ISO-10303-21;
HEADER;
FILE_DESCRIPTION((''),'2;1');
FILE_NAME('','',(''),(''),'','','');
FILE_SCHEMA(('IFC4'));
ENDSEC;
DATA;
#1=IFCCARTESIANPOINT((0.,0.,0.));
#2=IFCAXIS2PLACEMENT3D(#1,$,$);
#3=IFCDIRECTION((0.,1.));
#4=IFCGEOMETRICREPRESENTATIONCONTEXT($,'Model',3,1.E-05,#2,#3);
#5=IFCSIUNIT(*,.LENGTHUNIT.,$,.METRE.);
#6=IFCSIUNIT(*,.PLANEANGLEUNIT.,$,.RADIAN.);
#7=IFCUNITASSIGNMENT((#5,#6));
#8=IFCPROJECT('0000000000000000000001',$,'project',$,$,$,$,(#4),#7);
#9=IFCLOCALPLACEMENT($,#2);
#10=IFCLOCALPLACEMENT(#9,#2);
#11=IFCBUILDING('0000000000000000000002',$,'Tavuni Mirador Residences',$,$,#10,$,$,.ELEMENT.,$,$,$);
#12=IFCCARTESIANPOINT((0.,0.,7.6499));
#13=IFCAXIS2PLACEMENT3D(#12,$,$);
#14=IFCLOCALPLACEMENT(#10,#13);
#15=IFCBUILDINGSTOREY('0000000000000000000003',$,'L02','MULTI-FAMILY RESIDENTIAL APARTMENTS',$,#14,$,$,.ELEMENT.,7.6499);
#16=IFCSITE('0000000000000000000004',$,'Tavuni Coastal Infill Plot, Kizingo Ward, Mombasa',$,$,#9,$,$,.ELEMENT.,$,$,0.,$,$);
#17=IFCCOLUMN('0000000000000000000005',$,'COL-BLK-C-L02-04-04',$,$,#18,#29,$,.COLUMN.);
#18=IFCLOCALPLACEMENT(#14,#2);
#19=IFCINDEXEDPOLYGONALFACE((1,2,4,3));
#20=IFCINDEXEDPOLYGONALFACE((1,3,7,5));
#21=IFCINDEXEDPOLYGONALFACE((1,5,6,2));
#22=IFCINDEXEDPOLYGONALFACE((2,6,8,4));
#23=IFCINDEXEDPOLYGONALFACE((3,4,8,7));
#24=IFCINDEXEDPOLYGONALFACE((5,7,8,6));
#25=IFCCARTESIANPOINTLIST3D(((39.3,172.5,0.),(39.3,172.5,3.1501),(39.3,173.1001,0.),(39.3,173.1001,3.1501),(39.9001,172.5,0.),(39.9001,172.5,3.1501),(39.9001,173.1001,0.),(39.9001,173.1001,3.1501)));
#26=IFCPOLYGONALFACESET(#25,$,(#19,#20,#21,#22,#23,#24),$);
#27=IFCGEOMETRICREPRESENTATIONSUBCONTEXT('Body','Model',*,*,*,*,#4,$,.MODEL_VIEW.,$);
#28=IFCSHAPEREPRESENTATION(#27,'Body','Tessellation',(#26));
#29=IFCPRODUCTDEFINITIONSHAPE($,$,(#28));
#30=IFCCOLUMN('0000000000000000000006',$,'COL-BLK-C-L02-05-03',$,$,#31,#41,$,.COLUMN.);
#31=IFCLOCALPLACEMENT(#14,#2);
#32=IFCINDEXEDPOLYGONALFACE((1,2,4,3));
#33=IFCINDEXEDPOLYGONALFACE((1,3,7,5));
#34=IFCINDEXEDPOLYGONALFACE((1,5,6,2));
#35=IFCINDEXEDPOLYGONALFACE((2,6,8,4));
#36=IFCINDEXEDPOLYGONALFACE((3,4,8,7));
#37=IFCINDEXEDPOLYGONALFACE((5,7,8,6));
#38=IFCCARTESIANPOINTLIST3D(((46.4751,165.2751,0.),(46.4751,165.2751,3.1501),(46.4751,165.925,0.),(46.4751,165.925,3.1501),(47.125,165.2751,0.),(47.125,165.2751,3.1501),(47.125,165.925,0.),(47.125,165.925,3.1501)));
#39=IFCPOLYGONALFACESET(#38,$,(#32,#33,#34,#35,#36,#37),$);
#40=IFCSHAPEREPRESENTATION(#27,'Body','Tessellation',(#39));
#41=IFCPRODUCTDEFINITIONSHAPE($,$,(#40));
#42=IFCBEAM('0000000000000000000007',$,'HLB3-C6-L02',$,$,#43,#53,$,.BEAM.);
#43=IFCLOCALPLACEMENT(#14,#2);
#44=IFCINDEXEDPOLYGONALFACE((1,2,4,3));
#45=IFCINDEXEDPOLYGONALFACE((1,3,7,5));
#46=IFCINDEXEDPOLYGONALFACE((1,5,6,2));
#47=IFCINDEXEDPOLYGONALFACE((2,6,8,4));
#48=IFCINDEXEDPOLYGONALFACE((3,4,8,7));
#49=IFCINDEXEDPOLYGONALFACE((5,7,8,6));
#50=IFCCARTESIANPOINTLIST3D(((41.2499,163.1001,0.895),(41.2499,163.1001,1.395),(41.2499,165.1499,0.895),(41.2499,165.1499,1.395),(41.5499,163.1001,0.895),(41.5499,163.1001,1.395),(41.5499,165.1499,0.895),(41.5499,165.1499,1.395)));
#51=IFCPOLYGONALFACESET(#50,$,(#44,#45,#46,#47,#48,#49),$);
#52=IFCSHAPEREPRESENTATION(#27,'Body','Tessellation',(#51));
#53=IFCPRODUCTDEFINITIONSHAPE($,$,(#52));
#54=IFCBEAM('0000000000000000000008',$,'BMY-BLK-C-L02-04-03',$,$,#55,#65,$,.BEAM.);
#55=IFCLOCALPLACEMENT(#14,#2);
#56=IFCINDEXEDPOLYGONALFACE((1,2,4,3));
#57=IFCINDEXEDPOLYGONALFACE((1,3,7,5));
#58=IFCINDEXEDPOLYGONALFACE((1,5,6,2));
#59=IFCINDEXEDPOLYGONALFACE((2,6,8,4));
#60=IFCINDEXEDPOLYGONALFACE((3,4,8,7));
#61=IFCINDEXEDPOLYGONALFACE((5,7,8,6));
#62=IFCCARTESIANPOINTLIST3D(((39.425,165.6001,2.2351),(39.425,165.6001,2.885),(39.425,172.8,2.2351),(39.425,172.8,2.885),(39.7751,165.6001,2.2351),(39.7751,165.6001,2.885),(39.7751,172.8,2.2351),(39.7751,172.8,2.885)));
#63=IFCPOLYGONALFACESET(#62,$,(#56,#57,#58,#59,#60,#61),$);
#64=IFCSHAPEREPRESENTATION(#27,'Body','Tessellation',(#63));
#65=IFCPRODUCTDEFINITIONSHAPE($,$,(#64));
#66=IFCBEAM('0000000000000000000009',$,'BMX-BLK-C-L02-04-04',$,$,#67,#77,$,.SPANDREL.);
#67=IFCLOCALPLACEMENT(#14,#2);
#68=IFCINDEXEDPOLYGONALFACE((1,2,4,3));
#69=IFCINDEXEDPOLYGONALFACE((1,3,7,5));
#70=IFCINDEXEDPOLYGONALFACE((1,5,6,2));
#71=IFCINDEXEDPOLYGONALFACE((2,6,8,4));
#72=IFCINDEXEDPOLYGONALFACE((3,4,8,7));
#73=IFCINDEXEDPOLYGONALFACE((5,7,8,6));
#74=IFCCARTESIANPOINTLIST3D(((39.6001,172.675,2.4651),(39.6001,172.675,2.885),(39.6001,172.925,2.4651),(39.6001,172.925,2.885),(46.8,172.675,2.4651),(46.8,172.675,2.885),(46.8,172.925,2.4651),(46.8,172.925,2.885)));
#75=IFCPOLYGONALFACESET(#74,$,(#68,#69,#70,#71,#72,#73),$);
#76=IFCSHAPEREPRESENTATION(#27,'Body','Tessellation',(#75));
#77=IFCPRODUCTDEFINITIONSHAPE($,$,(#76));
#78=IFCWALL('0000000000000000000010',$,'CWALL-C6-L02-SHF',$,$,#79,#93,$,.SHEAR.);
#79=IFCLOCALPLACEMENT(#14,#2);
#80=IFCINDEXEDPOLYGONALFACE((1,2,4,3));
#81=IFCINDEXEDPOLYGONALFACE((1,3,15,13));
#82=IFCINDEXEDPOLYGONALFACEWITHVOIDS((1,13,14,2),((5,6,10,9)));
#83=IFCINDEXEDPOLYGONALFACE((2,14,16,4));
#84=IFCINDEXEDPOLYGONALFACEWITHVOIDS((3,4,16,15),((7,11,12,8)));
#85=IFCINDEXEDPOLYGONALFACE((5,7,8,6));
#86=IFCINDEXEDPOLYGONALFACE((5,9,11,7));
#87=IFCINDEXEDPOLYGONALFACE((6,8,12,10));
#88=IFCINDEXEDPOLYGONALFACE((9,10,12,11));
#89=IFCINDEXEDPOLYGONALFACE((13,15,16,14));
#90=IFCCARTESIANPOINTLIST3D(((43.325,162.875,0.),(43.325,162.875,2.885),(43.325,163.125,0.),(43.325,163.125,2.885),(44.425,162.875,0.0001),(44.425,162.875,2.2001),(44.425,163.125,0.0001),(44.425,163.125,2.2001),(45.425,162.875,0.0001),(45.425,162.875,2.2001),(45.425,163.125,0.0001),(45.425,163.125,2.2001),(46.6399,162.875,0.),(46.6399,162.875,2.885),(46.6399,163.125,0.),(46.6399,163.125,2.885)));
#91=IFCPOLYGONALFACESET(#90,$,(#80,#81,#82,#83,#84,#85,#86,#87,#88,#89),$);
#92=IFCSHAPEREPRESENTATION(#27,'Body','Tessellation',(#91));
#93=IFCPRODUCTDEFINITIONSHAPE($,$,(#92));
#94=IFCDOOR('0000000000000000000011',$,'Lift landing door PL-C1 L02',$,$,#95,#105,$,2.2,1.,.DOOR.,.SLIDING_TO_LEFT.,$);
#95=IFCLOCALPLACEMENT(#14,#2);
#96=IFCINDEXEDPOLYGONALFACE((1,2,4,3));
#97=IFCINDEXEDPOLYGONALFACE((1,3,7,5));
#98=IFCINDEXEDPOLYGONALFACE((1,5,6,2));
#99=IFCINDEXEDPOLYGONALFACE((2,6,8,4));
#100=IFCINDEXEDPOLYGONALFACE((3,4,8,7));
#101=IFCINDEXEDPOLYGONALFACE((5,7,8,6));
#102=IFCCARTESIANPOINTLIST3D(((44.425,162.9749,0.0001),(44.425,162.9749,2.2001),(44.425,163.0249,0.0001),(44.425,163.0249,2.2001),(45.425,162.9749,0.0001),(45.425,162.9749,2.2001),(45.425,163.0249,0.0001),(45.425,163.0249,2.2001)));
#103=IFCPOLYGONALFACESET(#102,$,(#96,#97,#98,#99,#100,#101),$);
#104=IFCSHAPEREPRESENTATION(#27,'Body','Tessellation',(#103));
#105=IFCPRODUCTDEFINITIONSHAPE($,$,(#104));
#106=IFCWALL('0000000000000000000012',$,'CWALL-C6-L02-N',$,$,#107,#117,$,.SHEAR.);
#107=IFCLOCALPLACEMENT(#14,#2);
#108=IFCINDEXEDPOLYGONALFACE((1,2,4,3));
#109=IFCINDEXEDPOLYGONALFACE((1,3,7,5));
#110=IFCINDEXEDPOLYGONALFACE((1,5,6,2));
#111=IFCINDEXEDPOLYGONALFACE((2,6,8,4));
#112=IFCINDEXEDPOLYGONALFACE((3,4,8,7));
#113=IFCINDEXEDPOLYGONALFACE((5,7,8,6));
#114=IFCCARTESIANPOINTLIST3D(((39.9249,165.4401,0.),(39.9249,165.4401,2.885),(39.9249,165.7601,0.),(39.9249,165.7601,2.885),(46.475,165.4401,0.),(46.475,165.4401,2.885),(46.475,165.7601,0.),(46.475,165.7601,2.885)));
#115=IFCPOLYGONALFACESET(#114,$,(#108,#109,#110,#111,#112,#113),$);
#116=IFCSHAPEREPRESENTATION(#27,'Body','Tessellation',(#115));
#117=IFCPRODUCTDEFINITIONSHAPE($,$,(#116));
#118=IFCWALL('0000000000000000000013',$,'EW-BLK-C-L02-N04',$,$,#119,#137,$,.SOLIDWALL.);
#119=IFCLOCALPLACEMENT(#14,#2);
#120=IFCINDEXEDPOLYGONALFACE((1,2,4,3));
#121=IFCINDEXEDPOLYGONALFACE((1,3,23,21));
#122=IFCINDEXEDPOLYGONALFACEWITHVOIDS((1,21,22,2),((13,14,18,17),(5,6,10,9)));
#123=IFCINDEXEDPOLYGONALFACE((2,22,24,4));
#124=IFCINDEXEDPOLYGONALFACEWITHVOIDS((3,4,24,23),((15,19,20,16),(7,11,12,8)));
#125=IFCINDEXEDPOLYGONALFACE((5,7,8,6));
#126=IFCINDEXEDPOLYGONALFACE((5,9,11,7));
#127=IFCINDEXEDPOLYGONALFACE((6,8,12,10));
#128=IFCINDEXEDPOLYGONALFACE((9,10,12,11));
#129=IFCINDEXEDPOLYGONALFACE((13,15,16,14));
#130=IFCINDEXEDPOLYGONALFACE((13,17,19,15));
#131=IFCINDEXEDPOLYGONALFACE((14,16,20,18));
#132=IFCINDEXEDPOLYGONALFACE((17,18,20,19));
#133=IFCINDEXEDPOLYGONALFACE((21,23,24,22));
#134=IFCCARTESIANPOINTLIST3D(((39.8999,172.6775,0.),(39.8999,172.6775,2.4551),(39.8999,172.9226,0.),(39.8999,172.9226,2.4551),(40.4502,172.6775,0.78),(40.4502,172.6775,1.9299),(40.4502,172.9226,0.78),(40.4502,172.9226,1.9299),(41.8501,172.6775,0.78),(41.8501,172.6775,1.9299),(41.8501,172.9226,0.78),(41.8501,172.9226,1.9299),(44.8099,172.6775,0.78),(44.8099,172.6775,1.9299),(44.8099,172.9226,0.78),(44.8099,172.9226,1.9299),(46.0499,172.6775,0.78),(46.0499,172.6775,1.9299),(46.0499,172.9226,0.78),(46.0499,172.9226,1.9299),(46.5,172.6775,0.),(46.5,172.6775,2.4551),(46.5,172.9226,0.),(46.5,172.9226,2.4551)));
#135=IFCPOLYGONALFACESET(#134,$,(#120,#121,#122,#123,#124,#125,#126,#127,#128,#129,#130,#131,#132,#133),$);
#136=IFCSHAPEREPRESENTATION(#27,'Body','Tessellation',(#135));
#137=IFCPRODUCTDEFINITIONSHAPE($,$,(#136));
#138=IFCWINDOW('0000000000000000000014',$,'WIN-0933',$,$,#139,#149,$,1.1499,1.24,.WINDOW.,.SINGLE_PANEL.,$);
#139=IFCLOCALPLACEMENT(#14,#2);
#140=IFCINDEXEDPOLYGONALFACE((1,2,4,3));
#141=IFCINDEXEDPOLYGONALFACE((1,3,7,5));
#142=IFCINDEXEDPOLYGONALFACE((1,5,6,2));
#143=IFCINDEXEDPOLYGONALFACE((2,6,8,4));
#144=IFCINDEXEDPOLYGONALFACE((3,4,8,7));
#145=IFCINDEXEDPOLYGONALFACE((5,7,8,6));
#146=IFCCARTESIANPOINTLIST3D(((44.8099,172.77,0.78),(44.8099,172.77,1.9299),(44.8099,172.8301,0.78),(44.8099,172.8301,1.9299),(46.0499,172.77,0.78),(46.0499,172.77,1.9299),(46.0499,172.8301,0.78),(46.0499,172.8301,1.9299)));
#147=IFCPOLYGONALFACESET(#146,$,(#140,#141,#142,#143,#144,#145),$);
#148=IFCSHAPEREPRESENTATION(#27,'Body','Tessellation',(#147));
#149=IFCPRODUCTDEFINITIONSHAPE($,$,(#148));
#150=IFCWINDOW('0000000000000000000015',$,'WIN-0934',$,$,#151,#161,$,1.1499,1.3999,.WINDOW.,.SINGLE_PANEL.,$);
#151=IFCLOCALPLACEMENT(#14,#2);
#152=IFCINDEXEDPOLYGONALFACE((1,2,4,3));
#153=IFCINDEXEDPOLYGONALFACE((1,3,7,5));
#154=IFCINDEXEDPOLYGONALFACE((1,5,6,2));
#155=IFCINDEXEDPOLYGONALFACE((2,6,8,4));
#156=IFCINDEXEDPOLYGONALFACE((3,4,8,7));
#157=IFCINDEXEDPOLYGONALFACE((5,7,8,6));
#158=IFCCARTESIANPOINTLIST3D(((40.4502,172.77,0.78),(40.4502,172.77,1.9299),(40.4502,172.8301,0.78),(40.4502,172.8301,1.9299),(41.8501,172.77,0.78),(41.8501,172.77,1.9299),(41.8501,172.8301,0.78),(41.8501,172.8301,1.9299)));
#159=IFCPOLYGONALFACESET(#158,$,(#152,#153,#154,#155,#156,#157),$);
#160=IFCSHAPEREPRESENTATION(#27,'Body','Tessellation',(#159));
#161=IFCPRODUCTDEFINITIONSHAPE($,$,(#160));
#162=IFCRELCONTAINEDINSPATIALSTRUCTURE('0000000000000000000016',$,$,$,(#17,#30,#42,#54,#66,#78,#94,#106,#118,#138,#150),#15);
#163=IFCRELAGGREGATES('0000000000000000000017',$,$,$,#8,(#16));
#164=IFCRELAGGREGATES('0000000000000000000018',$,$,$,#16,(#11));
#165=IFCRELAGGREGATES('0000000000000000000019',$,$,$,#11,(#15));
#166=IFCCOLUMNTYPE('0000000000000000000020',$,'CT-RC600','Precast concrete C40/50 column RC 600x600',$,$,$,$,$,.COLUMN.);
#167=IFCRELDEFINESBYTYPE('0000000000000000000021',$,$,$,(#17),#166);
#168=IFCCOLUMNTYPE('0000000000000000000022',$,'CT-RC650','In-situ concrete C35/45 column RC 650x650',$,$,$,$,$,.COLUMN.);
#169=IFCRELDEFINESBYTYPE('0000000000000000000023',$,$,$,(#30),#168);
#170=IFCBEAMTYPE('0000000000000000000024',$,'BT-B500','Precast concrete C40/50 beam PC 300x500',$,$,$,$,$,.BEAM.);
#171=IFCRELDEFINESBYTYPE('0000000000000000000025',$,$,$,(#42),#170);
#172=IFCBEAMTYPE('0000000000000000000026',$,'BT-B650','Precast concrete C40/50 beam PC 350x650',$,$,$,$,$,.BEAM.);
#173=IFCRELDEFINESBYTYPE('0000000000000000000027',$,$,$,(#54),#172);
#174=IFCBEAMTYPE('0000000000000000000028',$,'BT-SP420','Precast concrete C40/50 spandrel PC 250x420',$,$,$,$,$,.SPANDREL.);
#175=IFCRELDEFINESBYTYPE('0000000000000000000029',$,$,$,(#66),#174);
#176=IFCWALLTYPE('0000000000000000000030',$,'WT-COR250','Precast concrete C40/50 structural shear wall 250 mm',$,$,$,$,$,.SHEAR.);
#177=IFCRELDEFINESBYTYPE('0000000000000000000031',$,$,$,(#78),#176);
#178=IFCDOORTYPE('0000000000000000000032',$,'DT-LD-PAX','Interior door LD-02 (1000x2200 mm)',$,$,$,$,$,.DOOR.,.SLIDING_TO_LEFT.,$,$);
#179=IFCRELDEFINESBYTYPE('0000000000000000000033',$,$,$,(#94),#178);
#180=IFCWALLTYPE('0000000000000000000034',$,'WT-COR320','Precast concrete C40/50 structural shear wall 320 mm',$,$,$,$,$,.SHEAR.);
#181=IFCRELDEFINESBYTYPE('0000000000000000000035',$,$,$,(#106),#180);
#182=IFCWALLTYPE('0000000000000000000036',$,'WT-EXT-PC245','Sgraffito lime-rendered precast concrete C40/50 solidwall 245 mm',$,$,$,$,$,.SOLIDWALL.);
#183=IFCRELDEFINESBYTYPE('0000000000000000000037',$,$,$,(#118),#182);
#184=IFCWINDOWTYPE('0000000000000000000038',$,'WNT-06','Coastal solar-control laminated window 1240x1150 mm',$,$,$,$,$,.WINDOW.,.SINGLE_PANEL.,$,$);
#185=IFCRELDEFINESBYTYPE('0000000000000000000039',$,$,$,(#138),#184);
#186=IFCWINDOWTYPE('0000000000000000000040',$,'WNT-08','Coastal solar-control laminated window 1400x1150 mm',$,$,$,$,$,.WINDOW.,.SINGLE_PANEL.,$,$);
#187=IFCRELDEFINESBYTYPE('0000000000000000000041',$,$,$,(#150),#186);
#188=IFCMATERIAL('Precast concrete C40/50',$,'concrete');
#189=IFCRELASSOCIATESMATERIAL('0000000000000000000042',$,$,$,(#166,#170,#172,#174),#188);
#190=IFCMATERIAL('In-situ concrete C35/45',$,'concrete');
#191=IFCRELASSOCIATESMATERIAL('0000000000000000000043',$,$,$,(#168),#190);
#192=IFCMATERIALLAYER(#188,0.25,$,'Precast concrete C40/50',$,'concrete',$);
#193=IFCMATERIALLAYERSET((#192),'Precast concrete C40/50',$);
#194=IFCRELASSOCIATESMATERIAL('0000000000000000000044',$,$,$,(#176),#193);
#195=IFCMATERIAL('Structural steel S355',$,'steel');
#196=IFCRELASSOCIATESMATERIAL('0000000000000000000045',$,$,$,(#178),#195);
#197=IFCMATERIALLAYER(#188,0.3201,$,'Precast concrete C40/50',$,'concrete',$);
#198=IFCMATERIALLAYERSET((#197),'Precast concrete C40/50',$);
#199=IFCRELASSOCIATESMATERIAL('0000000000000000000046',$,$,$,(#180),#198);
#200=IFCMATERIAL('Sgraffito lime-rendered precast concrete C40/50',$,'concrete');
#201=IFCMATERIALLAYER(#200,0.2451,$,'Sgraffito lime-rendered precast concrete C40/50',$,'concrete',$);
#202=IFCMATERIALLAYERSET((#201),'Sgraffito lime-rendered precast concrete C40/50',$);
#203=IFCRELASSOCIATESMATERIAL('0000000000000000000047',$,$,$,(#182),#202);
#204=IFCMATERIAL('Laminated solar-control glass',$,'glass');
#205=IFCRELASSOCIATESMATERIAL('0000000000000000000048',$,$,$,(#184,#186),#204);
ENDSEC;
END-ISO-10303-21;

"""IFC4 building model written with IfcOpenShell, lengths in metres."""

from ifc_helpers import new_model, si_unit, direction, frame, frame_2d, origin, origin_2d, place, context, subcontext, project, spatial, rectangle, extrude, material, layer, layer_set, material_profile, profile_set, type_object, element, fill, save


model = new_model("IFC4")

# Units and contexts
model_context = context("Model", 3, precision=1e-05, world=origin(), true_north=direction((0.0, 1.0)))
body_context = subcontext(model_context, "Body", "Model", "MODEL_VIEW")
ifc_project = project(units=[si_unit("LENGTHUNIT", "METRE"), si_unit("PLANEANGLEUNIT", "RADIAN")], contexts=[model_context])

# Site, building, storey
site_placement = place(None, origin())
site = spatial("IfcSite", under=ifc_project, at=site_placement, Name="Tavuni Coastal Infill Plot, Kizingo Ward, Mombasa", CompositionType="ELEMENT", RefElevation=0.0)
building_placement = place(site_placement, origin())
building = spatial("IfcBuilding", under=site, at=building_placement, Name="Tavuni Mirador Residences", CompositionType="ELEMENT")
storey_placement = place(building_placement, frame((0.0, 0.0, 7.6499)))
storey = spatial("IfcBuildingStorey", under=building, at=storey_placement, Name="L02", Description="MULTI-FAMILY RESIDENTIAL APARTMENTS", CompositionType="ELEMENT", Elevation=7.6499)

# Columns
ifc_material_1 = material(Name="Precast concrete C40/50", Category="concrete")
ifc_material_profile_1 = material_profile(ifc_material_1, rectangle(XDim=0.6001, YDim=0.6001, at=origin_2d()), Name="RC 600x600", Category="concrete")
ifc_profile_set_1 = profile_set([ifc_material_profile_1], Name="Precast concrete C40/50")
column_type_1 = type_object("IfcColumnType", Name="CT-RC600", Description="Precast concrete C40/50 column RC 600x600", PredefinedType="COLUMN", material=ifc_profile_set_1)
column_1_placement = place(storey_placement, frame((39.6001, 172.8, 0.0), z_axis=(0.0, 0.0, 1.0), x_axis=(1.0, 0.0, 0.0)))
element("IfcColumn", 1, at=column_1_placement, inside=storey, type_object=column_type_1, Name="COL-BLK-C-L02-04-04", PredefinedType="COLUMN", context=body_context, shape_type="SweptSolid", body=[
    extrude(rectangle(XDim=0.6001, YDim=0.6001, at=origin_2d()), origin(), (0.0, 0.0, 1.0), 3.1501),
])
ifc_material_2 = material(Name="In-situ concrete C35/45", Category="concrete")
ifc_material_profile_2 = material_profile(ifc_material_2, rectangle(XDim=0.6499, YDim=0.6499, at=origin_2d()), Name="RC 650x650", Category="concrete")
ifc_profile_set_2 = profile_set([ifc_material_profile_2], Name="In-situ concrete C35/45")
column_type_2 = type_object("IfcColumnType", Name="CT-RC650", Description="In-situ concrete C35/45 column RC 650x650", PredefinedType="COLUMN", material=ifc_profile_set_2)
column_2_placement = place(storey_placement, frame((46.8, 165.6001, 0.0), z_axis=(0.0, 0.0, 1.0), x_axis=(1.0, 0.0, 0.0)))
element("IfcColumn", 2, at=column_2_placement, inside=storey, type_object=column_type_2, Name="COL-BLK-C-L02-05-03", PredefinedType="COLUMN", context=body_context, shape_type="SweptSolid", body=[
    extrude(rectangle(XDim=0.6499, YDim=0.6499, at=origin_2d()), origin(), (0.0, 0.0, 1.0), 3.1501),
])

# Beams
ifc_material_profile_3 = material_profile(ifc_material_1, rectangle(XDim=0.3, YDim=0.5, at=origin_2d()), Name="PC 300x500", Category="concrete")
ifc_profile_set_3 = profile_set([ifc_material_profile_3], Name="Precast concrete C40/50")
beam_type_1 = type_object("IfcBeamType", Name="BT-B500", Description="Precast concrete C40/50 beam PC 300x500", PredefinedType="BEAM", material=ifc_profile_set_3)
beam_1_placement = place(storey_placement, frame((41.3999, 163.1001, 1.145), z_axis=(0.0, 1.0, 0.0), x_axis=(-1.0, 0.0, 0.0)))
element("IfcBeam", 3, at=beam_1_placement, inside=storey, type_object=beam_type_1, Name="HLB3-C6-L02", PredefinedType="BEAM", context=body_context, shape_type="SweptSolid", body=[
    extrude(rectangle(XDim=0.3, YDim=0.5, at=origin_2d()), origin(), (0.0, 0.0, 1.0), 2.0498),
])
ifc_material_profile_4 = material_profile(ifc_material_1, rectangle(XDim=0.3501, YDim=0.6499, at=origin_2d()), Name="PC 350x650", Category="concrete")
ifc_profile_set_4 = profile_set([ifc_material_profile_4], Name="Precast concrete C40/50")
beam_type_2 = type_object("IfcBeamType", Name="BT-B650", Description="Precast concrete C40/50 beam PC 350x650", PredefinedType="BEAM", material=ifc_profile_set_4)
beam_2_placement = place(storey_placement, frame((39.6001, 165.6001, 2.5601), z_axis=(0.0, 1.0, 0.0), x_axis=(-1.0, 0.0, 0.0)))
element("IfcBeam", 4, at=beam_2_placement, inside=storey, type_object=beam_type_2, Name="BMY-BLK-C-L02-04-03", PredefinedType="BEAM", context=body_context, shape_type="SweptSolid", body=[
    extrude(rectangle(XDim=0.3501, YDim=0.6499, at=origin_2d()), origin(), (0.0, 0.0, 1.0), 7.2),
])
ifc_material_profile_5 = material_profile(ifc_material_1, rectangle(XDim=0.25, YDim=0.4199, at=origin_2d()), Name="PC 250x420", Category="concrete")
ifc_profile_set_5 = profile_set([ifc_material_profile_5], Name="Precast concrete C40/50")
beam_type_3 = type_object("IfcBeamType", Name="BT-SP420", Description="Precast concrete C40/50 spandrel PC 250x420", PredefinedType="SPANDREL", material=ifc_profile_set_5)
beam_3_placement = place(storey_placement, frame((39.6001, 172.8, 2.675), z_axis=(1.0, 0.0, 0.0), x_axis=(0.0, 1.0, 0.0)))
element("IfcBeam", 5, at=beam_3_placement, inside=storey, type_object=beam_type_3, Name="BMX-BLK-C-L02-04-04", PredefinedType="SPANDREL", context=body_context, shape_type="SweptSolid", body=[
    extrude(rectangle(XDim=0.25, YDim=0.4199, at=origin_2d()), origin(), (0.0, 0.0, 1.0), 7.2),
])

# Wall, opening, door
ifc_layer_1 = layer(ifc_material_1, 0.25, Name="Precast concrete C40/50", Category="concrete")
ifc_layer_set_1 = layer_set([ifc_layer_1], Name="Precast concrete C40/50")
wall_type_1 = type_object("IfcWallType", Name="WT-COR250", Description="Precast concrete C40/50 structural shear wall 250 mm", PredefinedType="SHEAR", material=ifc_layer_set_1)
wall_1_placement = place(storey_placement, frame((43.325, 163.0, 0.0), z_axis=(0.0, 0.0, 1.0), x_axis=(1.0, 0.0, 0.0)))
wall_1 = element("IfcWall", 6, at=wall_1_placement, inside=storey, type_object=wall_type_1, Name="CWALL-C6-L02-SHF", PredefinedType="SHEAR", context=body_context, shape_type="SweptSolid", body=[
    extrude(rectangle(XDim=3.3149, YDim=0.25, at=frame_2d((1.6575, 0.0))), origin(), (0.0, 0.0, 1.0), 2.885),
])
opening_1_placement = place(wall_1_placement, frame((1.1001, 0.0, 0.0)))
opening_1 = element("IfcOpeningElement", 7, at=opening_1_placement, cuts=wall_1, PredefinedType="OPENING", context=body_context, shape_type="SweptSolid", body=[
    extrude(rectangle(XDim=1.0, YDim=2.2, at=frame_2d((0.5, 1.1001))), frame((0.0, 0.135, 0.0), z_axis=(0.0, -1.0, 0.0), x_axis=(1.0, 0.0, 0.0)), (0.0, 0.0, 1.0), 0.27),
])
ifc_material_3 = material(Name="Structural steel S355", Category="steel")
door_type_1 = type_object("IfcDoorType", Name="DT-LD-PAX", Description="Interior door LD-02 (1000x2200 mm)", OperationType="SLIDING_TO_LEFT", PredefinedType="DOOR", material=ifc_material_3)
door_1_placement = place(opening_1_placement, origin())
door_1 = element("IfcDoor", 8, at=door_1_placement, inside=storey, type_object=door_type_1, Name="Lift landing door PL-C1 L02", OperationType="SLIDING_TO_LEFT", OverallHeight=2.2, OverallWidth=1.0, PredefinedType="DOOR", context=body_context, shape_type="SweptSolid", body=[
    extrude(rectangle(XDim=1.0, YDim=2.2, at=frame_2d((0.5, 1.1001))), frame((0.0, 0.0249, 0.0), z_axis=(0.0, -1.0, 0.0), x_axis=(1.0, 0.0, 0.0)), (0.0, 0.0, 1.0), 0.05),
])
fill(opening_1, door_1)

# Wall
ifc_layer_2 = layer(ifc_material_1, 0.3201, Name="Precast concrete C40/50", Category="concrete")
ifc_layer_set_2 = layer_set([ifc_layer_2], Name="Precast concrete C40/50")
wall_type_2 = type_object("IfcWallType", Name="WT-COR320", Description="Precast concrete C40/50 structural shear wall 320 mm", PredefinedType="SHEAR", material=ifc_layer_set_2)
wall_2_placement = place(storey_placement, frame((39.925, 165.6001, 0.0), z_axis=(0.0, 0.0, 1.0), x_axis=(1.0, 0.0, 0.0)))
element("IfcWall", 9, at=wall_2_placement, inside=storey, type_object=wall_type_2, Name="CWALL-C6-L02-N", PredefinedType="SHEAR", context=body_context, shape_type="SweptSolid", body=[
    extrude(rectangle(XDim=6.55, YDim=0.3201, at=frame_2d((3.2749, 0.0))), origin(), (0.0, 0.0, 1.0), 2.885),
])

# Wall, openings, windows
ifc_material_4 = material(Name="Sgraffito lime-rendered precast concrete C40/50", Category="concrete")
ifc_layer_3 = layer(ifc_material_4, 0.2451, Name="Sgraffito lime-rendered precast concrete C40/50", Category="concrete")
ifc_layer_set_3 = layer_set([ifc_layer_3], Name="Sgraffito lime-rendered precast concrete C40/50")
wall_type_3 = type_object("IfcWallType", Name="WT-EXT-PC245", Description="Sgraffito lime-rendered precast concrete C40/50 solidwall 245 mm", PredefinedType="SOLIDWALL", material=ifc_layer_set_3)
wall_3_placement = place(storey_placement, frame((46.5, 172.8, 0.0), z_axis=(0.0, 0.0, 1.0), x_axis=(-1.0, 0.0, 0.0)))
wall_3 = element("IfcWall", 10, at=wall_3_placement, inside=storey, type_object=wall_type_3, Name="EW-BLK-C-L02-N04", PredefinedType="SOLIDWALL", context=body_context, shape_type="SweptSolid", body=[
    extrude(rectangle(XDim=6.6001, YDim=0.2451, at=frame_2d((3.3, 0.0))), origin(), (0.0, 0.0, 1.0), 2.4551),
])
opening_2_placement = place(wall_3_placement, frame((0.45, 0.0, 0.78)))
opening_2 = element("IfcOpeningElement", 11, at=opening_2_placement, cuts=wall_3, PredefinedType="OPENING", context=body_context, shape_type="SweptSolid", body=[
    extrude(rectangle(XDim=1.24, YDim=1.1499, at=frame_2d((0.6201, 0.575))), frame((0.0, 0.1326, 0.0), z_axis=(0.0, -1.0, 0.0), x_axis=(1.0, 0.0, 0.0)), (0.0, 0.0, 1.0), 0.2651),
])
opening_3_placement = place(wall_3_placement, frame((4.6499, 0.0, 0.78)))
opening_3 = element("IfcOpeningElement", 12, at=opening_3_placement, cuts=wall_3, PredefinedType="OPENING", context=body_context, shape_type="SweptSolid", body=[
    extrude(rectangle(XDim=1.3999, YDim=1.1499, at=frame_2d((0.7, 0.575))), frame((0.0, 0.1326, 0.0), z_axis=(0.0, -1.0, 0.0), x_axis=(1.0, 0.0, 0.0)), (0.0, 0.0, 1.0), 0.2651),
])
ifc_material_5 = material(Name="Laminated solar-control glass", Category="glass")
window_type_1 = type_object("IfcWindowType", Name="WNT-06", Description="Coastal solar-control laminated window 1240x1150 mm", PartitioningType="SINGLE_PANEL", PredefinedType="WINDOW", material=ifc_material_5)
window_1_placement = place(opening_2_placement, origin())
window_1 = element("IfcWindow", 13, at=window_1_placement, inside=storey, type_object=window_type_1, Name="WIN-0933", OverallHeight=1.1499, OverallWidth=1.24, PartitioningType="SINGLE_PANEL", PredefinedType="WINDOW", context=body_context, shape_type="SweptSolid", body=[
    extrude(rectangle(XDim=1.24, YDim=1.1499, at=frame_2d((0.6201, 0.575))), frame((0.0, 0.03, 0.0), z_axis=(0.0, -1.0, 0.0), x_axis=(1.0, 0.0, 0.0)), (0.0, 0.0, 1.0), 0.0601),
])
fill(opening_2, window_1)
window_type_2 = type_object("IfcWindowType", Name="WNT-08", Description="Coastal solar-control laminated window 1400x1150 mm", PartitioningType="SINGLE_PANEL", PredefinedType="WINDOW", material=ifc_material_5)
window_2_placement = place(opening_3_placement, origin())
window_2 = element("IfcWindow", 14, at=window_2_placement, inside=storey, type_object=window_type_2, Name="WIN-0934", OverallHeight=1.1499, OverallWidth=1.3999, PartitioningType="SINGLE_PANEL", PredefinedType="WINDOW", context=body_context, shape_type="SweptSolid", body=[
    extrude(rectangle(XDim=1.3999, YDim=1.1499, at=frame_2d((0.7, 0.575))), frame((0.0, 0.03, 0.0), z_axis=(0.0, -1.0, 0.0), x_axis=(1.0, 0.0, 0.0)), (0.0, 0.0, 1.0), 0.0601),
])
fill(opening_3, window_2)

save(model, "model.ifc")
